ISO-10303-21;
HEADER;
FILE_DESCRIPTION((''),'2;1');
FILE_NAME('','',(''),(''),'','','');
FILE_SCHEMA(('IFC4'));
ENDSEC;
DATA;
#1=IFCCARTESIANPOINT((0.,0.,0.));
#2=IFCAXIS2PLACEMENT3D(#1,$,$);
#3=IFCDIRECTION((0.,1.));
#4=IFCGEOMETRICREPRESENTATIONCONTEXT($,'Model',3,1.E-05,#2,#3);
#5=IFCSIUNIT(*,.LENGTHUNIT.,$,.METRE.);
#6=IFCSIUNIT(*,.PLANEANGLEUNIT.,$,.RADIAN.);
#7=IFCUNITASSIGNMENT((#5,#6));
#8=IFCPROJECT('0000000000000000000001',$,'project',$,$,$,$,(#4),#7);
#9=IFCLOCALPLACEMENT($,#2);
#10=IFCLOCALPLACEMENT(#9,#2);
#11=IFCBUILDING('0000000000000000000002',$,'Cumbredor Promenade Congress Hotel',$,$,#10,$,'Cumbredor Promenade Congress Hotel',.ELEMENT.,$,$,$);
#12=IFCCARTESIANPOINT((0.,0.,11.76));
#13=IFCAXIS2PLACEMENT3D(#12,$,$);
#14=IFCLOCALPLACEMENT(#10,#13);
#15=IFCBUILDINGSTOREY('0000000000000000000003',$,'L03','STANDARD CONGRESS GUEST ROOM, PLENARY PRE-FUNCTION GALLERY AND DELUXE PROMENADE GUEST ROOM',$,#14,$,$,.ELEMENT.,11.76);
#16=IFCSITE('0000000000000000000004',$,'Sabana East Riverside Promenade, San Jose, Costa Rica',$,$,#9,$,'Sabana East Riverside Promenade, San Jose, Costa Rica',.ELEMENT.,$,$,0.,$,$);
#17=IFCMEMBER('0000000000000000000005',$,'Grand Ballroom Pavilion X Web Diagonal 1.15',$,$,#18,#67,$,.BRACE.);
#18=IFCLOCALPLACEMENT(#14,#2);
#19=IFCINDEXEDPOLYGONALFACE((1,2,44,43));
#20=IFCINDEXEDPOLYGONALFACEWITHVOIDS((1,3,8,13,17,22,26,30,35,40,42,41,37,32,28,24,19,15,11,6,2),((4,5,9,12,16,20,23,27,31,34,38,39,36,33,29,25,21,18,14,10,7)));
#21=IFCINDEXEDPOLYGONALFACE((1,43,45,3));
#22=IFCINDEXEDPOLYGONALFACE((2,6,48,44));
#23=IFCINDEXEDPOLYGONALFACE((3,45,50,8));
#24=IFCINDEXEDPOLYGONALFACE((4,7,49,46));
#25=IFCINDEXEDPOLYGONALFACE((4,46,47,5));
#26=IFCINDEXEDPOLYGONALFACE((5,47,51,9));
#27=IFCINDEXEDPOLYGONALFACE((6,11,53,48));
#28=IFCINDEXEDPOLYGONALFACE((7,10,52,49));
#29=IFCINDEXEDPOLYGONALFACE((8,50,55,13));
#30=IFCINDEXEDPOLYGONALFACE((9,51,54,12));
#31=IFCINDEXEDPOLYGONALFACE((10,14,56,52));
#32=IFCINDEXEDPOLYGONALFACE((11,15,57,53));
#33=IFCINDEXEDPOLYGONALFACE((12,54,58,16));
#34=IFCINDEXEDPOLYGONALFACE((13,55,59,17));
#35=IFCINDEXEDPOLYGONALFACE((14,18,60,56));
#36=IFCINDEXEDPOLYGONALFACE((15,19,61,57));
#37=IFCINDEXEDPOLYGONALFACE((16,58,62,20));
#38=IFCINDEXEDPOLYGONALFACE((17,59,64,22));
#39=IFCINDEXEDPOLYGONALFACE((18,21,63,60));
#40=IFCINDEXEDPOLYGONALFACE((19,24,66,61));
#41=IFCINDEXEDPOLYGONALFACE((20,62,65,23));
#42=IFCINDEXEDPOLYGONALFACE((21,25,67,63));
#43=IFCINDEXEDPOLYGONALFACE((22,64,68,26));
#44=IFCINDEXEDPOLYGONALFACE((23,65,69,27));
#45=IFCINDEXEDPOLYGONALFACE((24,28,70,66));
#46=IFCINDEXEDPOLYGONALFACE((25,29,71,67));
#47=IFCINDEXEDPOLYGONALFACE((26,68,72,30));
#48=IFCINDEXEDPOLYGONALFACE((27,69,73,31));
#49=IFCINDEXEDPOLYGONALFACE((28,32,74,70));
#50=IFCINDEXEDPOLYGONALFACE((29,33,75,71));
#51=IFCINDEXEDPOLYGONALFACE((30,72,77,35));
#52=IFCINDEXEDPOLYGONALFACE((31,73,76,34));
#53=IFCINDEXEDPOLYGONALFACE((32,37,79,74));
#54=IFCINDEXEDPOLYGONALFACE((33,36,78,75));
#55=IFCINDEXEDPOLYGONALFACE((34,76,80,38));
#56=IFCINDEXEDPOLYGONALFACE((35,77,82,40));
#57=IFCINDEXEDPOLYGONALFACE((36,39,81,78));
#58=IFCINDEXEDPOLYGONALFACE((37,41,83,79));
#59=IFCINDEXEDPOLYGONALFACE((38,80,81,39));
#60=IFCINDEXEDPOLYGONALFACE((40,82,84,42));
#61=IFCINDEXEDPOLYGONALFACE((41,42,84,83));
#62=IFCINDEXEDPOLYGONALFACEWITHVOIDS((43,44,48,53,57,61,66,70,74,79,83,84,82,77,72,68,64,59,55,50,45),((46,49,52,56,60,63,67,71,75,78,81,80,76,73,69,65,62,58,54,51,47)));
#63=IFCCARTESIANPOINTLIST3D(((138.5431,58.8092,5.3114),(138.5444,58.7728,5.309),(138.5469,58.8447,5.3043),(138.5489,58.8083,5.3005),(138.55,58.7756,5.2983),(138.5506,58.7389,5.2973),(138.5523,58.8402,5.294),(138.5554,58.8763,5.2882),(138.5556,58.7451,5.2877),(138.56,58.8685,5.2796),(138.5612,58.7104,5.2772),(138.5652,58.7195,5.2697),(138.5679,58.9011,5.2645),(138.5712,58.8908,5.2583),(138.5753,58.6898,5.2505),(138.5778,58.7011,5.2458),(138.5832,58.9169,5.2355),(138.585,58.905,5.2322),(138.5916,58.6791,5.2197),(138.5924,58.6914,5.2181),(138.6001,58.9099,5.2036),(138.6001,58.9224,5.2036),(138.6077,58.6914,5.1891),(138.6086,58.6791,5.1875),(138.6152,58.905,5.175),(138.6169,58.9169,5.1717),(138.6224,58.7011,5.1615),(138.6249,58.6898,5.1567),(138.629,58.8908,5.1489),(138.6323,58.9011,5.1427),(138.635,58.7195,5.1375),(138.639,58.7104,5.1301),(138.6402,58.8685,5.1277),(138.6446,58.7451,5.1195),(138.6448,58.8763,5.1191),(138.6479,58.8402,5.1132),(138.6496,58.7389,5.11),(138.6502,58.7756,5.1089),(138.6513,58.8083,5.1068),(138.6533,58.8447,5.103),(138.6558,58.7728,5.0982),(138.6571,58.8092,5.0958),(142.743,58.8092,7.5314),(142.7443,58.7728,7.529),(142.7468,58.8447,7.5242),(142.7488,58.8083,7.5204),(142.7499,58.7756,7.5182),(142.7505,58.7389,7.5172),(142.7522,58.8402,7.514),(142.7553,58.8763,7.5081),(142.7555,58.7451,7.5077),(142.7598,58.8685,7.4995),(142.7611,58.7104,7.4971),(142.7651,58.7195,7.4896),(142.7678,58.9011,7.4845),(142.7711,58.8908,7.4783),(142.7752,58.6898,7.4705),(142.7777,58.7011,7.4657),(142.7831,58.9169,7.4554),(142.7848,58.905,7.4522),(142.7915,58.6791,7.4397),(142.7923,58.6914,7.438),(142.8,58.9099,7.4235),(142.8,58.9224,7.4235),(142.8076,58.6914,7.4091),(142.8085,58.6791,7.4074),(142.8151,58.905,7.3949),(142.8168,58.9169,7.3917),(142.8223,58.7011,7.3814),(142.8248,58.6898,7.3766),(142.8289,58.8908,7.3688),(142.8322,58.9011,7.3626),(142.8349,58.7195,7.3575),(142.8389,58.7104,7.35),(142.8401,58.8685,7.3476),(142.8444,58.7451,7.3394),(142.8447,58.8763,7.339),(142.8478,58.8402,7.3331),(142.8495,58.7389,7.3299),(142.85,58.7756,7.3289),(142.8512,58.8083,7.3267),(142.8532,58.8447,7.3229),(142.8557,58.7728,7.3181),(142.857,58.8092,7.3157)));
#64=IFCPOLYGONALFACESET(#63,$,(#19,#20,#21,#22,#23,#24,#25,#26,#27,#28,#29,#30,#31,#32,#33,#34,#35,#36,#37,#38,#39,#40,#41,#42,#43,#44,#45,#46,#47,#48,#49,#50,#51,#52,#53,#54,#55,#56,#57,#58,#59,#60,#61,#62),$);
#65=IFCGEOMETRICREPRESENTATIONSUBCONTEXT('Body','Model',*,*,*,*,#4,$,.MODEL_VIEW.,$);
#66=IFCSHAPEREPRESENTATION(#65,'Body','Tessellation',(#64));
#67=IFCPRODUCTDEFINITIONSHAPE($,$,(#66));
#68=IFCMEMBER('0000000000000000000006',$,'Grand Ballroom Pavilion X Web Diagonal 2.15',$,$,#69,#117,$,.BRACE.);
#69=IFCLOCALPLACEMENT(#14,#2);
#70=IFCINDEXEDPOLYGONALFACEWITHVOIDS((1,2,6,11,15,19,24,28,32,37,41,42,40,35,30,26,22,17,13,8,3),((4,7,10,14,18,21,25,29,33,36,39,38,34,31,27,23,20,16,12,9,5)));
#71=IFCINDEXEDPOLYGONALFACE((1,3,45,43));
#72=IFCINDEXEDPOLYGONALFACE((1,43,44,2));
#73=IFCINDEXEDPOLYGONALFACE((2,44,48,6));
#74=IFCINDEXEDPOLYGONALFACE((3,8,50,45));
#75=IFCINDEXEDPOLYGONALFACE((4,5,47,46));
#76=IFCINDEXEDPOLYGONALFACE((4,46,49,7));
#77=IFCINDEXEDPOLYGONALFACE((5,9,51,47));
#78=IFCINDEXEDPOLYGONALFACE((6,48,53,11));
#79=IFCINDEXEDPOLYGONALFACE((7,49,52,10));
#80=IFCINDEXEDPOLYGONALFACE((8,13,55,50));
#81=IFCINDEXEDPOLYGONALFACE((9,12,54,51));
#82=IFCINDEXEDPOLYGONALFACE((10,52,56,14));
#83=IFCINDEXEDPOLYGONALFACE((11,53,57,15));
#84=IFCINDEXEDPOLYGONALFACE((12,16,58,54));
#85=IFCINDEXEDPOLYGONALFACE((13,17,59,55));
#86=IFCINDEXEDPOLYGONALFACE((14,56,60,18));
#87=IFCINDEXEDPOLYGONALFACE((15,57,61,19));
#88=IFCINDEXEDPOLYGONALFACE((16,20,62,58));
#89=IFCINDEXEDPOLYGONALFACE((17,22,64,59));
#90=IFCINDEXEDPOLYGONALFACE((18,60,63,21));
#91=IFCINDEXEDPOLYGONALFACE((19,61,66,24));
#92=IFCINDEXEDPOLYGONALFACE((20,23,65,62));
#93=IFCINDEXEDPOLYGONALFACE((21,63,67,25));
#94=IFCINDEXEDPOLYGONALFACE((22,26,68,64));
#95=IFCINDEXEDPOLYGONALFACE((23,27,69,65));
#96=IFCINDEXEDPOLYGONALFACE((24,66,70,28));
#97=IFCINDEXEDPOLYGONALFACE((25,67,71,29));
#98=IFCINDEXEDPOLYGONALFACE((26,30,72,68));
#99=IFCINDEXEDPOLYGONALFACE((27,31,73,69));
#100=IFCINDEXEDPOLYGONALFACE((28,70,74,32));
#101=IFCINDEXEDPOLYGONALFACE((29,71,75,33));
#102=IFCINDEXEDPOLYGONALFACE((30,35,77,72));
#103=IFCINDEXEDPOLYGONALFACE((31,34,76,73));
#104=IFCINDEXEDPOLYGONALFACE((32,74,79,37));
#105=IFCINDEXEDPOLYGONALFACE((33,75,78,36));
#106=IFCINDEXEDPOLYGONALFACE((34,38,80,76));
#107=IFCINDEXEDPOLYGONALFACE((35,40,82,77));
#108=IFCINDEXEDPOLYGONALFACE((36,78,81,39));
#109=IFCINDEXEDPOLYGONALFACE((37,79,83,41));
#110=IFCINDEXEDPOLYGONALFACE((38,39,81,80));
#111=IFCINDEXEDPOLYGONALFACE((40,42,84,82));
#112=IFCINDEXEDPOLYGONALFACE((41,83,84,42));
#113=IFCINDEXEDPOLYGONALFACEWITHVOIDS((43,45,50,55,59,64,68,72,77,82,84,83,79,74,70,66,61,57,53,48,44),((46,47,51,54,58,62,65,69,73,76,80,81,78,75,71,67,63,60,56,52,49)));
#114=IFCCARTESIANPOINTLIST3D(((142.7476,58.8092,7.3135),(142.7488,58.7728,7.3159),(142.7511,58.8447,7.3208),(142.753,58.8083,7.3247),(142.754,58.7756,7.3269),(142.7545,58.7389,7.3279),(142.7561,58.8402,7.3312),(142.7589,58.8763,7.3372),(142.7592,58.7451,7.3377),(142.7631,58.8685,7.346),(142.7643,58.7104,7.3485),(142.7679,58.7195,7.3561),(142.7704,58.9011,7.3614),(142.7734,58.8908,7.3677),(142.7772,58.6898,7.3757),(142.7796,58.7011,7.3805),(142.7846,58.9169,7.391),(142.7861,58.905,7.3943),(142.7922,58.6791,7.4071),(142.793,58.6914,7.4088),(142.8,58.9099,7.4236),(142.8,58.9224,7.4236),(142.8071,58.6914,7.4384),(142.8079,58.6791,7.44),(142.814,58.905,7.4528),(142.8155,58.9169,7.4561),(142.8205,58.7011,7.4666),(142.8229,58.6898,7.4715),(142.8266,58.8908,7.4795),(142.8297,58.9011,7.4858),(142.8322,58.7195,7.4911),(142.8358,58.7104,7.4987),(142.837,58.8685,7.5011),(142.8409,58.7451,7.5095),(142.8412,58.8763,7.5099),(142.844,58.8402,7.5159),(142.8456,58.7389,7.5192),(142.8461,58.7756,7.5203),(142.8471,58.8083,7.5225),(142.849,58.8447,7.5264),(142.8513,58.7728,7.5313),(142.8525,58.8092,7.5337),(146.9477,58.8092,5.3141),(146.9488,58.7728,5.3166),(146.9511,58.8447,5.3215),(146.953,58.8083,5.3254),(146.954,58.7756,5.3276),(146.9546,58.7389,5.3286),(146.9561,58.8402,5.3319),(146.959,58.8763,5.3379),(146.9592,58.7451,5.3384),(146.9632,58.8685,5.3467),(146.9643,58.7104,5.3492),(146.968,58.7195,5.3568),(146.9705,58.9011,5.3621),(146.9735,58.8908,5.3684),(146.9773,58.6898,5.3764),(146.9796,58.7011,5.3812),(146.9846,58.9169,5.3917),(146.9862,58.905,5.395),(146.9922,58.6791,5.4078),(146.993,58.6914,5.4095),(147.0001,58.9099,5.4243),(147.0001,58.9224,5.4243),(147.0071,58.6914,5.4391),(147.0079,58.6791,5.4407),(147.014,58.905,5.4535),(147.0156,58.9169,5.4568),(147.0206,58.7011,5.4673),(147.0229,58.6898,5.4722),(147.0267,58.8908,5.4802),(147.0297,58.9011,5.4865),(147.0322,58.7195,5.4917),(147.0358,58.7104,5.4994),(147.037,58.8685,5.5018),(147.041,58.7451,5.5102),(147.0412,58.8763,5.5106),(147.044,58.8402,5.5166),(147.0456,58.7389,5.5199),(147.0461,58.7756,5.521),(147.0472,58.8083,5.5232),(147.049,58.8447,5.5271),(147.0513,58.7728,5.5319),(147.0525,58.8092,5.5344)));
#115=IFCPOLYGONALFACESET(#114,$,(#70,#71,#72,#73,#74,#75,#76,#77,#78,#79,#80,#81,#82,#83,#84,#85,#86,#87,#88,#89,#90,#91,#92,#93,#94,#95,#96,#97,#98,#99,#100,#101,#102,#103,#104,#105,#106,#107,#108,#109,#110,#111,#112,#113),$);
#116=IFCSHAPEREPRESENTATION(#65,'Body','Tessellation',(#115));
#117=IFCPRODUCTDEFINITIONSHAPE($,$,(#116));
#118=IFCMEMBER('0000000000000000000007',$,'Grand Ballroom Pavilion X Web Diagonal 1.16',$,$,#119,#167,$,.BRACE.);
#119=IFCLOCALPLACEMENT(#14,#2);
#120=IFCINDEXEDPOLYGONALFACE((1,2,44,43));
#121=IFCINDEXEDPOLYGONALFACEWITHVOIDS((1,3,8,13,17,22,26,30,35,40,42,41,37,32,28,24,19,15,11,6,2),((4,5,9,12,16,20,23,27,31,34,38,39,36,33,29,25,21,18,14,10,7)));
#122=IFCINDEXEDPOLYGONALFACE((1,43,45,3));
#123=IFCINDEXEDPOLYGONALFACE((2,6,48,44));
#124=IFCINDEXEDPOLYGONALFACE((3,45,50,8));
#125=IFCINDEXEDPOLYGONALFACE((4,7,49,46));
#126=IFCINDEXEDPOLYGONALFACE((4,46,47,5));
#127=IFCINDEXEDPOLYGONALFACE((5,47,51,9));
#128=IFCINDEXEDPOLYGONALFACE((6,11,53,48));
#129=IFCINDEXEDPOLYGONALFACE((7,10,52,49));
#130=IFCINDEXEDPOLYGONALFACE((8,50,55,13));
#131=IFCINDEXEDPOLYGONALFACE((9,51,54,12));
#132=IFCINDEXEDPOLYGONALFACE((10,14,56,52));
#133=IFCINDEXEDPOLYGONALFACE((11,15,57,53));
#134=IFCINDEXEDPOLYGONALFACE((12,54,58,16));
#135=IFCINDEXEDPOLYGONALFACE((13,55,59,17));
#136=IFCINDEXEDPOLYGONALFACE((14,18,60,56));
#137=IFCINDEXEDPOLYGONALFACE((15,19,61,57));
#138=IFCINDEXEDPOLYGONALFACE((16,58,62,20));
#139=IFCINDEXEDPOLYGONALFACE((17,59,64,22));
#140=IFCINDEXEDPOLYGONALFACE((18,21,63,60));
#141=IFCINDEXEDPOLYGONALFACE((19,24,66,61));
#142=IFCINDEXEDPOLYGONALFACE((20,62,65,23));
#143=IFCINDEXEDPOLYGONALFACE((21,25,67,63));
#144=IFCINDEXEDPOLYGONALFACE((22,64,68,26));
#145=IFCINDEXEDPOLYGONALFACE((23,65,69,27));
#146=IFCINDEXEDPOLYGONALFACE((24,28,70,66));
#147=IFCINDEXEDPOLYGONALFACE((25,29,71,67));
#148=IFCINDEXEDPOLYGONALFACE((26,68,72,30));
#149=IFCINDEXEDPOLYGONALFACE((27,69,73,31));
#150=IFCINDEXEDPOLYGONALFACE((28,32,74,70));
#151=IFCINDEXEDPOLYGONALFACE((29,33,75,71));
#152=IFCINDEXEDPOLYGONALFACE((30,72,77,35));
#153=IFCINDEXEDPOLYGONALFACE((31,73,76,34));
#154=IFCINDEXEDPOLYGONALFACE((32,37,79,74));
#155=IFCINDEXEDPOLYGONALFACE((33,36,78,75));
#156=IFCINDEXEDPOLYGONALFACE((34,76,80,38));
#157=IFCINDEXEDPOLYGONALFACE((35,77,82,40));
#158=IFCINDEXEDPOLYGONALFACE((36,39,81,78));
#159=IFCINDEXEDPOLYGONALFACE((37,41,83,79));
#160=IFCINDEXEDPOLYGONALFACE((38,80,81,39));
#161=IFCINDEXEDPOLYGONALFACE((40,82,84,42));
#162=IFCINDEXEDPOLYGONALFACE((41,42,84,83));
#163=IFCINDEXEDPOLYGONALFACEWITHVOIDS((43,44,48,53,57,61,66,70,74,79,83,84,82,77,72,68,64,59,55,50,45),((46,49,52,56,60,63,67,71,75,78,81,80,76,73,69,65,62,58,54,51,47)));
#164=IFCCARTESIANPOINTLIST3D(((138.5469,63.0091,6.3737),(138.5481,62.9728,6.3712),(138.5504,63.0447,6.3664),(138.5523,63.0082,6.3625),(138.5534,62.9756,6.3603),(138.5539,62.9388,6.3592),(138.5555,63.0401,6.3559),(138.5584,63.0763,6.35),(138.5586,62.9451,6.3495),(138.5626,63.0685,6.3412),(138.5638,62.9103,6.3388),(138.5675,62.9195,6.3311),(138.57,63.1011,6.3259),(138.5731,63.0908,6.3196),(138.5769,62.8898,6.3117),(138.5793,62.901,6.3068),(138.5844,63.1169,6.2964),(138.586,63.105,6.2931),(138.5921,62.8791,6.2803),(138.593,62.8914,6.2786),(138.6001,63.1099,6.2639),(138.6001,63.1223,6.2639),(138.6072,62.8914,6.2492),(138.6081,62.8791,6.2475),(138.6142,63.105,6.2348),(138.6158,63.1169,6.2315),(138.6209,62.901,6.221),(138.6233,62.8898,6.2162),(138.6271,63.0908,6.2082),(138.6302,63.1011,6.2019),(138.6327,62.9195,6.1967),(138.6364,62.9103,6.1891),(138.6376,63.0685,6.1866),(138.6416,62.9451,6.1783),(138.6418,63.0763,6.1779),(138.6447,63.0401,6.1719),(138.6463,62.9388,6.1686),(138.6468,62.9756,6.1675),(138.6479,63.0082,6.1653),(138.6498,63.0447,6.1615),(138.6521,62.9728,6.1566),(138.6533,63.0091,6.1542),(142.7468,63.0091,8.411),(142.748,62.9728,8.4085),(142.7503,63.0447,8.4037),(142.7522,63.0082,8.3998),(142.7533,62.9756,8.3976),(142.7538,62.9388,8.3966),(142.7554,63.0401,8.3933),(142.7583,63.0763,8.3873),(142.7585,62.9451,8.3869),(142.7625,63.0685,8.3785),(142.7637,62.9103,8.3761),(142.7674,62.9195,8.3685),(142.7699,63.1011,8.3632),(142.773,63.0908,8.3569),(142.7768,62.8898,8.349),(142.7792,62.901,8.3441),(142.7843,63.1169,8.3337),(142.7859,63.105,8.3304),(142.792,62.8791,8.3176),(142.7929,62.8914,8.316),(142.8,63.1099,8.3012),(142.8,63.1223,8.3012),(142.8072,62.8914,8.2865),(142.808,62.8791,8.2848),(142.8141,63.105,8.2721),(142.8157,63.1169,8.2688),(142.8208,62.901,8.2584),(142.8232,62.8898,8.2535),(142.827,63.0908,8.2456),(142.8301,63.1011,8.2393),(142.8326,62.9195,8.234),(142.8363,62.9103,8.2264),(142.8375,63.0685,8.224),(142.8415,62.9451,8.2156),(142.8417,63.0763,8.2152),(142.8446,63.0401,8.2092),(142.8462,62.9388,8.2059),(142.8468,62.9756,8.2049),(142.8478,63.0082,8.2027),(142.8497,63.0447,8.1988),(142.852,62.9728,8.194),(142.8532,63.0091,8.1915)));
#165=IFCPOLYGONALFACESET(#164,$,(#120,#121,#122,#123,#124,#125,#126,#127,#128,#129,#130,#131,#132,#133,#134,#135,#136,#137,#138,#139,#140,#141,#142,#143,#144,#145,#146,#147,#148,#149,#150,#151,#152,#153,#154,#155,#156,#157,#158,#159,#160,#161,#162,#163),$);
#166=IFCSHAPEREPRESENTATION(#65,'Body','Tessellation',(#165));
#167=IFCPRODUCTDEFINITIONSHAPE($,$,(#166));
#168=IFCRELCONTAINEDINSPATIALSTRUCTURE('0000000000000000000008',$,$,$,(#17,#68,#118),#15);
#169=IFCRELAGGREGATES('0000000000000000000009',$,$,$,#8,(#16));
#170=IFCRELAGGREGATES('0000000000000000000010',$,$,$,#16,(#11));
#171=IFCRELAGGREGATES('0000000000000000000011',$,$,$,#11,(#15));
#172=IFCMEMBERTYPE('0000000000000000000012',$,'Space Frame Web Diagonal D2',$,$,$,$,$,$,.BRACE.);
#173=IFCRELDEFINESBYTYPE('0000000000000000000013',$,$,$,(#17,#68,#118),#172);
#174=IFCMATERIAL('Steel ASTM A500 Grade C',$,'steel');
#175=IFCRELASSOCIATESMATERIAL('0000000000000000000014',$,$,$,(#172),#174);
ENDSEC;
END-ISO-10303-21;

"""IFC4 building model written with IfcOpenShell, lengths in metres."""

from ifc_helpers import new_model, si_unit, direction, frame, origin, origin_2d, place, context, subcontext, project, spatial, hollow_circle, extrude, material, material_profile, profile_set, type_object, element, save


model = new_model("IFC4")

# Units and contexts
model_context = context("Model", 3, precision=1e-05, world=origin(), true_north=direction((0.0, 1.0)))
body_context = subcontext(model_context, "Body", "Model", "MODEL_VIEW")
ifc_project = project(units=[si_unit("LENGTHUNIT", "METRE"), si_unit("PLANEANGLEUNIT", "RADIAN")], contexts=[model_context])

# Site, building, storey
site_placement = place(None, origin())
site = spatial("IfcSite", under=ifc_project, at=site_placement, Name="Sabana East Riverside Promenade, San Jose, Costa Rica", LongName="Sabana East Riverside Promenade, San Jose, Costa Rica", CompositionType="ELEMENT", RefElevation=0.0)
building_placement = place(site_placement, origin())
building = spatial("IfcBuilding", under=site, at=building_placement, Name="Cumbredor Promenade Congress Hotel", LongName="Cumbredor Promenade Congress Hotel", CompositionType="ELEMENT")
storey_placement = place(building_placement, frame((0.0, 0.0, 11.76)))
storey = spatial("IfcBuildingStorey", under=building, at=storey_placement, Name="L03", Description="STANDARD CONGRESS GUEST ROOM, PLENARY PRE-FUNCTION GALLERY AND DELUXE PROMENADE GUEST ROOM", CompositionType="ELEMENT", Elevation=11.76)

# Members
ifc_material_1 = material(Name="Steel ASTM A500 Grade C", Category="steel")
ifc_material_profile_1 = material_profile(ifc_material_1, hollow_circle(Radius=0.1223, WallThickness=0.0125, at=origin_2d()), Name="CHS 244.5x12.5")
ifc_profile_set_1 = profile_set([ifc_material_profile_1], Name="Steel ASTM A500 Grade C")
member_type_1 = type_object("IfcMemberType", Name="Space Frame Web Diagonal D2", PredefinedType="BRACE", material=ifc_profile_set_1)
member_1_placement = place(storey_placement, frame((138.6001, 58.8, 5.2036), z_axis=(0.884095, 0.0, 0.467307), x_axis=(0.0, 1.0, 0.0)))
element("IfcMember", 1, at=member_1_placement, inside=storey, type_object=member_type_1, Name="Grand Ballroom Pavilion X Web Diagonal 1.15", PredefinedType="BRACE", context=body_context, shape_type="SweptSolid", body=[
    extrude(hollow_circle(Radius=0.1223, WallThickness=0.0125, at=origin_2d()), origin(), (0.0, 0.0, 1.0), 4.7505),
])
member_2_placement = place(storey_placement, frame((142.8, 58.8, 7.4236), z_axis=(0.90292, 0.0, -0.429809), x_axis=(0.0, 1.0, 0.0)))
element("IfcMember", 2, at=member_2_placement, inside=storey, type_object=member_type_1, Name="Grand Ballroom Pavilion X Web Diagonal 2.15", PredefinedType="BRACE", context=body_context, shape_type="SweptSolid", body=[
    extrude(hollow_circle(Radius=0.1223, WallThickness=0.0125, at=origin_2d()), origin(), (0.0, 0.0, 1.0), 4.6516),
])
member_3_placement = place(storey_placement, frame((138.6001, 63.0, 6.2639), z_axis=(0.899729, 0.0, 0.436449), x_axis=(0.0, 1.0, 0.0)))
element("IfcMember", 3, at=member_3_placement, inside=storey, type_object=member_type_1, Name="Grand Ballroom Pavilion X Web Diagonal 1.16", PredefinedType="BRACE", context=body_context, shape_type="SweptSolid", body=[
    extrude(hollow_circle(Radius=0.1223, WallThickness=0.0125, at=origin_2d()), origin(), (0.0, 0.0, 1.0), 4.668),
])

save(model, "model.ifc")
